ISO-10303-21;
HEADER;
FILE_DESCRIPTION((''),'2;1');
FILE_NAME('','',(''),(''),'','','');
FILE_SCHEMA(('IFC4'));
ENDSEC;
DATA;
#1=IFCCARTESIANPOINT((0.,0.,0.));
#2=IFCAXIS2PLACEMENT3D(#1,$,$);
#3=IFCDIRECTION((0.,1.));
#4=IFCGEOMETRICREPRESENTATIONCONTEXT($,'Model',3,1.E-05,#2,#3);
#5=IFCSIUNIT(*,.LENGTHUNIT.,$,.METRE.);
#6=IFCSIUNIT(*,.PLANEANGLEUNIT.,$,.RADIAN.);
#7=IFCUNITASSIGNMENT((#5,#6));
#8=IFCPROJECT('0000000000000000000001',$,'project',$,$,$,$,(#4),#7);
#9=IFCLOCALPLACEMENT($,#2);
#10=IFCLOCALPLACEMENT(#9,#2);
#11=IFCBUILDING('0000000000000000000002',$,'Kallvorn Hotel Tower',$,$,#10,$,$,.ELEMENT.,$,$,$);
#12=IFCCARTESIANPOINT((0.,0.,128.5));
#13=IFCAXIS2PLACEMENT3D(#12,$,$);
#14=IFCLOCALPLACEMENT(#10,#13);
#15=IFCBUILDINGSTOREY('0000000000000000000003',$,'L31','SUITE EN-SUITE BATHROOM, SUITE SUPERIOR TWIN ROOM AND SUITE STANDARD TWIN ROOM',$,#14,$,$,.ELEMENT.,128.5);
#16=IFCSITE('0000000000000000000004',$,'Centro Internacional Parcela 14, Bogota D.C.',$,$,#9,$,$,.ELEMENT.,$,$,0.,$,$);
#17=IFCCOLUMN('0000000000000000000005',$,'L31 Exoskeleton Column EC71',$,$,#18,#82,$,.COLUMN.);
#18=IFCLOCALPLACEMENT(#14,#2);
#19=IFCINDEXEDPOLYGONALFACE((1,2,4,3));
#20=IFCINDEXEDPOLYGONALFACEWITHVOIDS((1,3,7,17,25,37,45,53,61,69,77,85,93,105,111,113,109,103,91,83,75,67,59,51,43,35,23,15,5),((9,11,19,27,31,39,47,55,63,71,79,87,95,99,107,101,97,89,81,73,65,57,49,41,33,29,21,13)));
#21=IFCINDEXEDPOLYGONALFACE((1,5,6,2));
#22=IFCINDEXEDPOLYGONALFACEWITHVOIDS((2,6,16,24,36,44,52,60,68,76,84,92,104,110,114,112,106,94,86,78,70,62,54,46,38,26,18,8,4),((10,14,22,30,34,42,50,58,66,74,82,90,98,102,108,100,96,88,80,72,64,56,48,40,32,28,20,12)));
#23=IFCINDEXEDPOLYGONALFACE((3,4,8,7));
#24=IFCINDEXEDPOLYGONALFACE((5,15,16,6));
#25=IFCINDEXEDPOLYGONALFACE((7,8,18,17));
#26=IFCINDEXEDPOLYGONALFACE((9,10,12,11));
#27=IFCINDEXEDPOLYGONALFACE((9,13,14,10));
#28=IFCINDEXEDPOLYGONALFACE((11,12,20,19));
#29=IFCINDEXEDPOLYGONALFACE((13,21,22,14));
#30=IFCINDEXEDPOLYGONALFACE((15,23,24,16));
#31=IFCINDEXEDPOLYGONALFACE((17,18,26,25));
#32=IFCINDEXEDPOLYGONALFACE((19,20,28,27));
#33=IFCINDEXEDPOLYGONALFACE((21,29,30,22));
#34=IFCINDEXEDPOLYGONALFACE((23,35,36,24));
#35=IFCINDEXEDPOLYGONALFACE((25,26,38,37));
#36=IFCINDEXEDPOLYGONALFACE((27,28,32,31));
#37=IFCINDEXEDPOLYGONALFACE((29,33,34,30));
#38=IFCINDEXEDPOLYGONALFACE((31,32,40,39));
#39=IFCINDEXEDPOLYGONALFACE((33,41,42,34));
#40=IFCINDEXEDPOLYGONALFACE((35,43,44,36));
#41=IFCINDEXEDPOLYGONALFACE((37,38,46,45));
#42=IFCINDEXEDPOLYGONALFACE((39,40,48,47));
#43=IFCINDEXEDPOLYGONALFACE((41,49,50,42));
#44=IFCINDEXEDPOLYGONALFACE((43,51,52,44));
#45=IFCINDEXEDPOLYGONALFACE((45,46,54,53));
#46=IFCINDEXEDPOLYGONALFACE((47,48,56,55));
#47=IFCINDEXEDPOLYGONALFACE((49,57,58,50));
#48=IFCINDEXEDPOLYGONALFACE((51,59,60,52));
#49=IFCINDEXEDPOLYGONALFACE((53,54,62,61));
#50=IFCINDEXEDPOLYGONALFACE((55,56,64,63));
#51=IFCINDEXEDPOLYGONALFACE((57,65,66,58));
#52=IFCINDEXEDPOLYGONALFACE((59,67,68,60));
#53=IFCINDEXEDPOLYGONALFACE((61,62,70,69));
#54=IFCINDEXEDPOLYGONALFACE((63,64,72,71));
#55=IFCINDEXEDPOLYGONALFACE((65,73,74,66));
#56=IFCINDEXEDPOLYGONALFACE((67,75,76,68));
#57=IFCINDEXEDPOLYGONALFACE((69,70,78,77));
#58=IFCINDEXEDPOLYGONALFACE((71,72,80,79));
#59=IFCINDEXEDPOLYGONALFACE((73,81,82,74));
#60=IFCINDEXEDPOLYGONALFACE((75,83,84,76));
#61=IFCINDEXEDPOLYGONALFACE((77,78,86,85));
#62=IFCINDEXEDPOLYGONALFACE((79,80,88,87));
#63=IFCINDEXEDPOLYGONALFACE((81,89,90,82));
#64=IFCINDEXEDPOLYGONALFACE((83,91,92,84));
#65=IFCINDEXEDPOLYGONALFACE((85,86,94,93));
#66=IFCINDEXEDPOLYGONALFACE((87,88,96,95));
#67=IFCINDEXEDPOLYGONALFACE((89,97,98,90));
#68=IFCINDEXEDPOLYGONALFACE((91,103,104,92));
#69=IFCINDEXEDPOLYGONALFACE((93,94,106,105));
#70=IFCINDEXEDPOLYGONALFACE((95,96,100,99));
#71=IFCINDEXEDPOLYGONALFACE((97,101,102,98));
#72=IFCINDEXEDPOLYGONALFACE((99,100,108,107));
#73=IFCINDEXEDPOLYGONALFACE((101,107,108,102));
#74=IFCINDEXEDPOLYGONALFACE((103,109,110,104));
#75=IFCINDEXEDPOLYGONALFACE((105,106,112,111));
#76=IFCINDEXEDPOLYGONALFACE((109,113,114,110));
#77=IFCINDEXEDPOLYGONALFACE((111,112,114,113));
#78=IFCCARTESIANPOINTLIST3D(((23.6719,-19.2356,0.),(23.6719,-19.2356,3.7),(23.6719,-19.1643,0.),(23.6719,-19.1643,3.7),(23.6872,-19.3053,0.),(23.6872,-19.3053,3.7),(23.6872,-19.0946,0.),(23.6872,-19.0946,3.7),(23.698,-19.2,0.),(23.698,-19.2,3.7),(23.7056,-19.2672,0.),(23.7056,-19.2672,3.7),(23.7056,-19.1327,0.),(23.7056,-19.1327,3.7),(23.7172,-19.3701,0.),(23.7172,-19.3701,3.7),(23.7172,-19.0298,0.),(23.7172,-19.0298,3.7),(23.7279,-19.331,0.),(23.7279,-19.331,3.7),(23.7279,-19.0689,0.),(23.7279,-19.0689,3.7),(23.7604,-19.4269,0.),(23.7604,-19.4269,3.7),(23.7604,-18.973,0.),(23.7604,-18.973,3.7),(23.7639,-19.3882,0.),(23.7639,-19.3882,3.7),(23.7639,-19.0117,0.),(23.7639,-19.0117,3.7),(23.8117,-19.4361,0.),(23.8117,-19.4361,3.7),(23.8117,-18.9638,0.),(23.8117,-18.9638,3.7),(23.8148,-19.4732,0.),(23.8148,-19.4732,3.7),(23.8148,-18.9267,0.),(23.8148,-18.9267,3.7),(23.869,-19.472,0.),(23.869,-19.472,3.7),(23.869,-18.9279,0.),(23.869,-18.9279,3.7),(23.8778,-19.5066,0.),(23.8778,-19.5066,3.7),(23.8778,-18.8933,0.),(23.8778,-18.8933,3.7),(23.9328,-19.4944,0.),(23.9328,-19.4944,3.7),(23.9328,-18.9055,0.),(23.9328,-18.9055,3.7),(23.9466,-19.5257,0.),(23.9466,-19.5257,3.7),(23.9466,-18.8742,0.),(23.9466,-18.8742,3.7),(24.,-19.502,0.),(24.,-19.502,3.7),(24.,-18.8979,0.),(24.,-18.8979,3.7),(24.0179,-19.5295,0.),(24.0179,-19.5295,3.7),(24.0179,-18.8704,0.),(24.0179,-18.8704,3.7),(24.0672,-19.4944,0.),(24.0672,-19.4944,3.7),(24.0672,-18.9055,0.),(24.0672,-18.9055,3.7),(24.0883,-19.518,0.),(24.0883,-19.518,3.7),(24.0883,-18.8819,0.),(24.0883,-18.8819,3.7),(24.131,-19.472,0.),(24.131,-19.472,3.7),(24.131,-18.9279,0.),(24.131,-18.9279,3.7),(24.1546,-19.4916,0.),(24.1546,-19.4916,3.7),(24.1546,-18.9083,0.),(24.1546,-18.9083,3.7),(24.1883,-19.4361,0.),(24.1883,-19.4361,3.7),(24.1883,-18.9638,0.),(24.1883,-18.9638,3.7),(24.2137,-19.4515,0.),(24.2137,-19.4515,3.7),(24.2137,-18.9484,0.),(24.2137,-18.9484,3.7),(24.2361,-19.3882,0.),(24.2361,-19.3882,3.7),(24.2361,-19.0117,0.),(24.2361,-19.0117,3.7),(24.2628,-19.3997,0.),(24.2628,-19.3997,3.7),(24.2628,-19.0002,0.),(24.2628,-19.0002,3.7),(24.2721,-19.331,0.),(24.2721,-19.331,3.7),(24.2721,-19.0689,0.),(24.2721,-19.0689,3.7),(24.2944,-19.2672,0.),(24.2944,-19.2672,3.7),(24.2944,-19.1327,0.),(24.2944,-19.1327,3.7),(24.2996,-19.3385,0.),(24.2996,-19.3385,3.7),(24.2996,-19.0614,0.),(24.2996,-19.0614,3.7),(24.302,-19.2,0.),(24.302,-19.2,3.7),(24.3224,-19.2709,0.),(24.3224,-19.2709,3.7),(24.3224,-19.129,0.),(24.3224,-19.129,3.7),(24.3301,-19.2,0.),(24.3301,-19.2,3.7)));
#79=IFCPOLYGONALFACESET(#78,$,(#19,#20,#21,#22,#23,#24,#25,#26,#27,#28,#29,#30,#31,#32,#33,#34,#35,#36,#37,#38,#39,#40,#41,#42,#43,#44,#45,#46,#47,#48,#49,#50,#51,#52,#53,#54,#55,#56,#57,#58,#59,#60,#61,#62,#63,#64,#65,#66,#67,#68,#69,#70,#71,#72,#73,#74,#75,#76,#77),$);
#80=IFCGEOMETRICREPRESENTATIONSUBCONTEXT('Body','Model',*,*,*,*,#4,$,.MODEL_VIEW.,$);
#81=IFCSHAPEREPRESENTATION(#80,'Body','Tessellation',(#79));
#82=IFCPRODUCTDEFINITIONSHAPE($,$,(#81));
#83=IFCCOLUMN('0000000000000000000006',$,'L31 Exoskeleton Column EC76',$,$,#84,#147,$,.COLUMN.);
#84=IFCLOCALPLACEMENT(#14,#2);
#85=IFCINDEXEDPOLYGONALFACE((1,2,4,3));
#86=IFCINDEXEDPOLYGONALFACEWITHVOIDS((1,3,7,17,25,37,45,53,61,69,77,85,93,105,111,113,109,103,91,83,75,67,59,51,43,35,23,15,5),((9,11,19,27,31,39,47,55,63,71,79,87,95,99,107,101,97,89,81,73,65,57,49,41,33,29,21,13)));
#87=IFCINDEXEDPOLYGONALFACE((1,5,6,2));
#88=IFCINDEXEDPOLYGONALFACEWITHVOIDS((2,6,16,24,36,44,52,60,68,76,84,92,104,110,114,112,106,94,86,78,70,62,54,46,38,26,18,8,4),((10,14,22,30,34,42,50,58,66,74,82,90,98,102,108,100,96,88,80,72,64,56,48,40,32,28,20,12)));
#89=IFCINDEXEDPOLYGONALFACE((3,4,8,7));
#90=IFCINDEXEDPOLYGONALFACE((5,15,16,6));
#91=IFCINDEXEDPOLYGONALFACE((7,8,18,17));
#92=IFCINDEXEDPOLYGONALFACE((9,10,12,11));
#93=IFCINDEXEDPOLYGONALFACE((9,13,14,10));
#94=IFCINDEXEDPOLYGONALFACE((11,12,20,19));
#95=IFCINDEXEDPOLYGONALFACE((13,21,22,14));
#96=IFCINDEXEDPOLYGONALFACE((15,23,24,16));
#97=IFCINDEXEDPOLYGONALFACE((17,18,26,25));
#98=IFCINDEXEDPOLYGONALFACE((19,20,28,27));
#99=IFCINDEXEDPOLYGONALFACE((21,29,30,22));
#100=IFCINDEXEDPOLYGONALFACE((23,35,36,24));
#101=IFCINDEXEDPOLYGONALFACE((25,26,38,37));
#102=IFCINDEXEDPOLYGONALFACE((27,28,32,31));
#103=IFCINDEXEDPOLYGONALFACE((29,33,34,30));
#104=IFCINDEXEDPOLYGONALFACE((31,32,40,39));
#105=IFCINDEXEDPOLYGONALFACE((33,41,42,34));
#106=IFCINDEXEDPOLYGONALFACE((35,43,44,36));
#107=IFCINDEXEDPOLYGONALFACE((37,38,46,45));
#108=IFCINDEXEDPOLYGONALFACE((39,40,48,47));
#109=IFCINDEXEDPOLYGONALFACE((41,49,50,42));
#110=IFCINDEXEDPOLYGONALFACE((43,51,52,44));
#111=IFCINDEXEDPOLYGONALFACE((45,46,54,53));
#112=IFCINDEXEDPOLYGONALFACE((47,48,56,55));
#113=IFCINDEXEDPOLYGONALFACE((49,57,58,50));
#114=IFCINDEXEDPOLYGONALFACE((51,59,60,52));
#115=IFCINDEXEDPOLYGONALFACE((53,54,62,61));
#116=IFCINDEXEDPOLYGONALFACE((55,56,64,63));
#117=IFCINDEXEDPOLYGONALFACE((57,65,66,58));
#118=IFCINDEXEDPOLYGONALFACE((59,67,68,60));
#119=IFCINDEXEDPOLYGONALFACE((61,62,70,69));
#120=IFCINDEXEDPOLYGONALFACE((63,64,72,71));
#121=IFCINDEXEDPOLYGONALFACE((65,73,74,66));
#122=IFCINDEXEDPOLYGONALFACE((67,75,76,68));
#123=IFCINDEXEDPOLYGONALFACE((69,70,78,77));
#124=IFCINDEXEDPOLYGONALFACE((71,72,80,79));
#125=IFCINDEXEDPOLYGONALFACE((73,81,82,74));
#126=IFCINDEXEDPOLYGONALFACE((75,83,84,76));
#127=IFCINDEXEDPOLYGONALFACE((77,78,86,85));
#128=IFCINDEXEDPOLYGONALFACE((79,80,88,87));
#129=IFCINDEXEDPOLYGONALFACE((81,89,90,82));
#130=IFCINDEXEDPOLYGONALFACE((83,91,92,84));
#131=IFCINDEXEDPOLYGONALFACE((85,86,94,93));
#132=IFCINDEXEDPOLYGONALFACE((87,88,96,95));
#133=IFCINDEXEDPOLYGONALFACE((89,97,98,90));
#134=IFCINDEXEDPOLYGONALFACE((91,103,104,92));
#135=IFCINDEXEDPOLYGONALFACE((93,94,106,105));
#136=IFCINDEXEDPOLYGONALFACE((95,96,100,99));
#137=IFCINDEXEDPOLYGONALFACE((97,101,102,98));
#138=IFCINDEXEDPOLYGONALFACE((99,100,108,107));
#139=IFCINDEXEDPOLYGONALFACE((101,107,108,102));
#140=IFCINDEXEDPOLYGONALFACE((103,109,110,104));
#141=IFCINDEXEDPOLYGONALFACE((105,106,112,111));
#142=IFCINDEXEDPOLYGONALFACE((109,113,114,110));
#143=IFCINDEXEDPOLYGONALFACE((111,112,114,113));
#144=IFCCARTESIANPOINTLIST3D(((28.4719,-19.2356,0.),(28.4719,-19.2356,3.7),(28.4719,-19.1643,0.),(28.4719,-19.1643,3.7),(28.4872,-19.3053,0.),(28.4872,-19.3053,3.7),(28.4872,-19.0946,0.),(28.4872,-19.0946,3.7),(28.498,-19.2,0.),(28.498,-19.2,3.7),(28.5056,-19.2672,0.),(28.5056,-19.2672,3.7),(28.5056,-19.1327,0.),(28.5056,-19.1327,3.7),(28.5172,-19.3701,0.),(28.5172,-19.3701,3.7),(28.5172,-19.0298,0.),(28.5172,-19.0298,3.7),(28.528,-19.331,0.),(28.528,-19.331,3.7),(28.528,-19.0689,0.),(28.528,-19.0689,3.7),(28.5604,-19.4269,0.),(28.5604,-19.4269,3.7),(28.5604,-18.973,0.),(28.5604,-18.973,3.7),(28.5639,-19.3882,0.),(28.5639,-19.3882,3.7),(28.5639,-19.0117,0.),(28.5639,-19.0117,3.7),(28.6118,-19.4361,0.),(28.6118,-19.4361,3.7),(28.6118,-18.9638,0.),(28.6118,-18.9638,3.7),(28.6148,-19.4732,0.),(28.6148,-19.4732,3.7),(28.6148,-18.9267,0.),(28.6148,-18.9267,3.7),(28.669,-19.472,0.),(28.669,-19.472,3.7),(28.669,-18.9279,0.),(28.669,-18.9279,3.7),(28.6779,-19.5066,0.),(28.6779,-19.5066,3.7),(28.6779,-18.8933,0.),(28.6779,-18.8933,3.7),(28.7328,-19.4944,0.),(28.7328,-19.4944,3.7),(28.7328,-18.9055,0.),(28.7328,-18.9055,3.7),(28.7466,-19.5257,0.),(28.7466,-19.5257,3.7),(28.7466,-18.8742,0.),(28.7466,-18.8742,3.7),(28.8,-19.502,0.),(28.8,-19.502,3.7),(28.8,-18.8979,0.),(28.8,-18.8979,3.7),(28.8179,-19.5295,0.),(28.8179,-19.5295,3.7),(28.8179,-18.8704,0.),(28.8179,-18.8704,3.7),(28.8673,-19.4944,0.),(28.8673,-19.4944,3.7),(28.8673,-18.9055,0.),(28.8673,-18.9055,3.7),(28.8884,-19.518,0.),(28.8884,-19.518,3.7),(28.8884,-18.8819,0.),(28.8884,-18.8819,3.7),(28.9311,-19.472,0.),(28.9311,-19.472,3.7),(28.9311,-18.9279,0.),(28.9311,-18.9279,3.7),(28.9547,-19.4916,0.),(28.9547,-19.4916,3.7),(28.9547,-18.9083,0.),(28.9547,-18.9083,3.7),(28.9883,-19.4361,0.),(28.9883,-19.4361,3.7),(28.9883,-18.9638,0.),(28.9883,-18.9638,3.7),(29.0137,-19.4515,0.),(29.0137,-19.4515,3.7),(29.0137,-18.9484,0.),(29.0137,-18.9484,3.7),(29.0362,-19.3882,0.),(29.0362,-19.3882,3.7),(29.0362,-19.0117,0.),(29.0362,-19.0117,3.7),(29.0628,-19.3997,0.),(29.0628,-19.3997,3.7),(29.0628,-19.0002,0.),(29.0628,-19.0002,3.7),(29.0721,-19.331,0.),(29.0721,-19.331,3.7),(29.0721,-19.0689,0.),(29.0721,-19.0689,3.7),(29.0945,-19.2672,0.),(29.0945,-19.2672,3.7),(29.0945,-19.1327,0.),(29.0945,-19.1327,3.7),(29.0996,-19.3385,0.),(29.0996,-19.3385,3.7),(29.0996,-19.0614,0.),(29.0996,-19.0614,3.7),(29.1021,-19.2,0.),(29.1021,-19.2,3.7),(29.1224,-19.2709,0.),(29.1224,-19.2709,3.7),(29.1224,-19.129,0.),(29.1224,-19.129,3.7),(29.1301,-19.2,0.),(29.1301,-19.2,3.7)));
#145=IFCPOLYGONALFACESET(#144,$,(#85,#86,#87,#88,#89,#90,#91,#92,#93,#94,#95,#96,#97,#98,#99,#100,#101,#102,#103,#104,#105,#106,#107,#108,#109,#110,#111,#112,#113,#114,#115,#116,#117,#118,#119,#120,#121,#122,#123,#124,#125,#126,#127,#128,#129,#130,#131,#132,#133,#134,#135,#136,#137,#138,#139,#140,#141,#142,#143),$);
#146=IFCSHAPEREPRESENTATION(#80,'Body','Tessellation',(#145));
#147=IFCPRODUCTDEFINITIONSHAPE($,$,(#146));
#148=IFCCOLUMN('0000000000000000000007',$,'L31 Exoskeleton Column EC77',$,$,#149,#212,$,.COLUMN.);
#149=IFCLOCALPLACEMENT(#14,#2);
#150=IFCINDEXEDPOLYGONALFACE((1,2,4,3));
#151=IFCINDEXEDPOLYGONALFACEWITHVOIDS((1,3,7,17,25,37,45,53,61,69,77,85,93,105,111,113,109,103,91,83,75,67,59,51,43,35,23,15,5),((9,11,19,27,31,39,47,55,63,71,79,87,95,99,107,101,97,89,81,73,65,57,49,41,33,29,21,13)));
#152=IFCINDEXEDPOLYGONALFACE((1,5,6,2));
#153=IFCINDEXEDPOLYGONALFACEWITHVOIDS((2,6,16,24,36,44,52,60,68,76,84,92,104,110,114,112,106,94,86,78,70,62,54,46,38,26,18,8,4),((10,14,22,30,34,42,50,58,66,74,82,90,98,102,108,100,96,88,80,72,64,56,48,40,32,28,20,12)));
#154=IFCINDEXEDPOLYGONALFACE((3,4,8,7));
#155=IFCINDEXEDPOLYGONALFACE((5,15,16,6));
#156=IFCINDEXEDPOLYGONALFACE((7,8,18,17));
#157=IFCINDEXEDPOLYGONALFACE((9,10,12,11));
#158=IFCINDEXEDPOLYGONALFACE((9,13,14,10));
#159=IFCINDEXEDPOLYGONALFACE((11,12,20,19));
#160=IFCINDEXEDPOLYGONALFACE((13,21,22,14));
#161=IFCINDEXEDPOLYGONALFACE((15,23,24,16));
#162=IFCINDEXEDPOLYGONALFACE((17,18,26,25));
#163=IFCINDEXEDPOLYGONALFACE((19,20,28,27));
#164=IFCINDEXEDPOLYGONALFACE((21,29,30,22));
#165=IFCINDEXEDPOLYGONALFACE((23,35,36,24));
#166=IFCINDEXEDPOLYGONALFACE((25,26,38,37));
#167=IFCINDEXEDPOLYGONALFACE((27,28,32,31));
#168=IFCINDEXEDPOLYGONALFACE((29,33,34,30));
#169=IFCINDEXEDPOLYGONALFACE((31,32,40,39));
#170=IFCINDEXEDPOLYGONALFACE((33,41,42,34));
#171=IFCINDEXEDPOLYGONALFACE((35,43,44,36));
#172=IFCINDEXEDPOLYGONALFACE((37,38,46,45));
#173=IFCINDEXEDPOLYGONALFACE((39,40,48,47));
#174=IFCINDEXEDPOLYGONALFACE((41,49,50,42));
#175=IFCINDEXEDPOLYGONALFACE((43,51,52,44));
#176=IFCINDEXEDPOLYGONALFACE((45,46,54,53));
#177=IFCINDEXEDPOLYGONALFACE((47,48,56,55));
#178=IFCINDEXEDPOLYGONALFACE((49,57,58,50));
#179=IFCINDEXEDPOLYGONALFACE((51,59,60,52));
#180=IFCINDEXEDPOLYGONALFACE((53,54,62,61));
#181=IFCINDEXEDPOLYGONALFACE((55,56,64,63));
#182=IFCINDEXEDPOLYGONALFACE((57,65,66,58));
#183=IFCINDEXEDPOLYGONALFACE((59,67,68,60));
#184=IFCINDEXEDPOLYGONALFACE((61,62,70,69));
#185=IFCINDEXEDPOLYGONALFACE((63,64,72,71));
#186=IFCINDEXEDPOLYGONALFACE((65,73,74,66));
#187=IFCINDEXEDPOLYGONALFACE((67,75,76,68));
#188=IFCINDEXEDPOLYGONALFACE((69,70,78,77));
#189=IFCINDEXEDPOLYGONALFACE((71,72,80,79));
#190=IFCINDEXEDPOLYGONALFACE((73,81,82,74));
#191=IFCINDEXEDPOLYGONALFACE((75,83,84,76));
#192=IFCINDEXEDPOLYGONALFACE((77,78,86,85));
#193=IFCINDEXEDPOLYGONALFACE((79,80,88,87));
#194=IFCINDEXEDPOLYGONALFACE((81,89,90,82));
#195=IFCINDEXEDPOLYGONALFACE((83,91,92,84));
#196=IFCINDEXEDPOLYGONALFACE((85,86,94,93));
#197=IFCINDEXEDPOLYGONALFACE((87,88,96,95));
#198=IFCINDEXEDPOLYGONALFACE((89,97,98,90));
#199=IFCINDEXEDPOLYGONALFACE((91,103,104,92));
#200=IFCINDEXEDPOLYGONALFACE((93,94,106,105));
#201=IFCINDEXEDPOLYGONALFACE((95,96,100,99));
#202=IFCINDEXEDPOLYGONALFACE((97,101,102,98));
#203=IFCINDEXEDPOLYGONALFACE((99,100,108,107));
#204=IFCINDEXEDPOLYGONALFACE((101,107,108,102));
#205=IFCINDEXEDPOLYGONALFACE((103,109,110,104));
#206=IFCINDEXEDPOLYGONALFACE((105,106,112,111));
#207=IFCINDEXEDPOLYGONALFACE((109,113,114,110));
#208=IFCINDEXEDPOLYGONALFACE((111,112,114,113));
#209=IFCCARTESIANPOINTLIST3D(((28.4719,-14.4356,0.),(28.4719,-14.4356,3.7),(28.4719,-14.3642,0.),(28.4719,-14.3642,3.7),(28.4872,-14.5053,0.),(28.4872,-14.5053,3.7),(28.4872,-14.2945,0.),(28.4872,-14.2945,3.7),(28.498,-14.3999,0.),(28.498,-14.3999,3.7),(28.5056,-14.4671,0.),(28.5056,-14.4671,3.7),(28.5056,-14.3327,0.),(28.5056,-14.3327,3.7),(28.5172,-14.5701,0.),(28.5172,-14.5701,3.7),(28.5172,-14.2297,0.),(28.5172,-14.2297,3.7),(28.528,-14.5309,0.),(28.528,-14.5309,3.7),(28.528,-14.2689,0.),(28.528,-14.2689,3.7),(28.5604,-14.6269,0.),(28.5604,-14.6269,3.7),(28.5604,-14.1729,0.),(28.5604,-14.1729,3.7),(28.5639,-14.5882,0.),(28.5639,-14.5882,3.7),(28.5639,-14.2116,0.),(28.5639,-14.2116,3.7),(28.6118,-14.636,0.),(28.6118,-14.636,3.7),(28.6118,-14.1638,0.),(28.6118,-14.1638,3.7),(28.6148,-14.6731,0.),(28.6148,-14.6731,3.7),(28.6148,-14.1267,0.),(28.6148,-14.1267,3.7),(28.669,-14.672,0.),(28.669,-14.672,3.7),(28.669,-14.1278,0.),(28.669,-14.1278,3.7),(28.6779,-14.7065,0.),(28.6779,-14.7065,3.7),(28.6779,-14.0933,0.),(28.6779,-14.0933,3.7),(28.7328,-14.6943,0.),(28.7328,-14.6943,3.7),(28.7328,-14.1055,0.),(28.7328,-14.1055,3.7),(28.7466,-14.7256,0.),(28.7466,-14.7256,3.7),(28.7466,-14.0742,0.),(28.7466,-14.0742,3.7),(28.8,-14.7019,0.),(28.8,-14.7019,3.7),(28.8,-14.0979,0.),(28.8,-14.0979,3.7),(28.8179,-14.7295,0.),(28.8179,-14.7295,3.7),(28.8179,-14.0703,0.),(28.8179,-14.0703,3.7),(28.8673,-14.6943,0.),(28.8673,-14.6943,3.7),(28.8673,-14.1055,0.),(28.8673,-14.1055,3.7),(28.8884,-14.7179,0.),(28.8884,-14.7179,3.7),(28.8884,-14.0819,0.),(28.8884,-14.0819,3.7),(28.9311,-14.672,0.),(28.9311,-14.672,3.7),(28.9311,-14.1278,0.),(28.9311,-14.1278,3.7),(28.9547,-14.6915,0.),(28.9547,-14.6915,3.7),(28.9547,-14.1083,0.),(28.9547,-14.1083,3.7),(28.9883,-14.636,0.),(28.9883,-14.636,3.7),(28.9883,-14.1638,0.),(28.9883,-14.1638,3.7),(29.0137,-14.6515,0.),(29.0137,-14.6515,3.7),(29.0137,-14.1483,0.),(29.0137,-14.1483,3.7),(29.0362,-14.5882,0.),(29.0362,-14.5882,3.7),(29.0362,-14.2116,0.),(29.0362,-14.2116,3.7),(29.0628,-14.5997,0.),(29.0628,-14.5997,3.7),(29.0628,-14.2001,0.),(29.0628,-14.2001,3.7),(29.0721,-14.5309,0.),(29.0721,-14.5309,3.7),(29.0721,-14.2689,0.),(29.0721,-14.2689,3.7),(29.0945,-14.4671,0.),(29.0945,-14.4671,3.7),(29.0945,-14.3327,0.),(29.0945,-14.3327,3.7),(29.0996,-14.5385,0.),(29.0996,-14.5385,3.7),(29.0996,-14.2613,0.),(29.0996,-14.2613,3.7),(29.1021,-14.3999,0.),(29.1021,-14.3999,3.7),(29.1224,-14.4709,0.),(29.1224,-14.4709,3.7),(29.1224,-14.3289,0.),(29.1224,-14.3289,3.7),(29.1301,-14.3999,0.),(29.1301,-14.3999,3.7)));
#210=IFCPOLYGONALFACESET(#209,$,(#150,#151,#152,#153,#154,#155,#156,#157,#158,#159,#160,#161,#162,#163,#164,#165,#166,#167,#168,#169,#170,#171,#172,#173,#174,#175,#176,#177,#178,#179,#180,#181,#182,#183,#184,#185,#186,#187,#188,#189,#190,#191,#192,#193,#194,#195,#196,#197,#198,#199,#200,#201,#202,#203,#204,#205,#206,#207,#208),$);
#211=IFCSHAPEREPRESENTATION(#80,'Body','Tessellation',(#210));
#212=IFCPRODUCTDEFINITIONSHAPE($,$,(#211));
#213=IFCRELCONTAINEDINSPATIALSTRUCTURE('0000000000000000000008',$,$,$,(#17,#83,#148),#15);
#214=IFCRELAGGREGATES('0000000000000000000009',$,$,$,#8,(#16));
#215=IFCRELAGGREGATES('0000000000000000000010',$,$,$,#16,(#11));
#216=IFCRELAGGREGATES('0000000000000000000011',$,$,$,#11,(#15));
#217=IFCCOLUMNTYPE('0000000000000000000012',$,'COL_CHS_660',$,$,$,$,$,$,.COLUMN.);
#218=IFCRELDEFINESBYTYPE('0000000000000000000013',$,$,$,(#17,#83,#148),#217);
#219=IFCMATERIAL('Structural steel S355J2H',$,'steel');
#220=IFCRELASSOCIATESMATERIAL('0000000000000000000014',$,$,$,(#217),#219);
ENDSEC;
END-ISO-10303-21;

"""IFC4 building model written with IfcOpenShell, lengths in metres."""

from ifc_helpers import new_model, si_unit, direction, frame, origin, origin_2d, place, context, subcontext, project, spatial, hollow_circle, extrude, material, material_profile, profile_set, type_object, element, save


model = new_model("IFC4")

# Units and contexts
model_context = context("Model", 3, precision=1e-05, world=origin(), true_north=direction((0.0, 1.0)))
body_context = subcontext(model_context, "Body", "Model", "MODEL_VIEW")
ifc_project = project(units=[si_unit("LENGTHUNIT", "METRE"), si_unit("PLANEANGLEUNIT", "RADIAN")], contexts=[model_context])

# Site, building, storey
site_placement = place(None, origin())
site = spatial("IfcSite", under=ifc_project, at=site_placement, Name="Centro Internacional Parcela 14, Bogota D.C.", CompositionType="ELEMENT", RefElevation=0.0)
building_placement = place(site_placement, origin())
building = spatial("IfcBuilding", under=site, at=building_placement, Name="Kallvorn Hotel Tower", CompositionType="ELEMENT")
storey_placement = place(building_placement, frame((0.0, 0.0, 128.5)))
storey = spatial("IfcBuildingStorey", under=building, at=storey_placement, Name="L31", Description="SUITE EN-SUITE BATHROOM, SUITE SUPERIOR TWIN ROOM AND SUITE STANDARD TWIN ROOM", CompositionType="ELEMENT", Elevation=128.5)

# Columns
ifc_material_1 = material(Name="Structural steel S355J2H", Category="steel")
ifc_material_profile_1 = material_profile(ifc_material_1, hollow_circle(Radius=0.3301, WallThickness=0.0281, at=origin_2d()), Name="CHS 660x28")
ifc_profile_set_1 = profile_set([ifc_material_profile_1], Name="Structural steel S355J2H")
column_type_1 = type_object("IfcColumnType", Name="COL_CHS_660", PredefinedType="COLUMN", material=ifc_profile_set_1)
for number, where, z_axis, x_axis, name in (
    (1, (24.0, -19.2, 0.0), (0.0, 0.0, 1.0), (1.0, 0.0, 0.0), "L31 Exoskeleton Column EC71"),
    (2, (28.8, -19.2, 0.0), (0.0, 0.0, 1.0), (1.0, 0.0, 0.0), "L31 Exoskeleton Column EC76"),
    (3, (28.8, -14.3999, 0.0), (0.0, 0.0, 1.0), (1.0, 0.0, 0.0), "L31 Exoskeleton Column EC77"),
):
    element("IfcColumn", number, at=place(storey_placement, frame(where, z_axis=z_axis, x_axis=x_axis)), inside=storey, type_object=column_type_1, Name=name, PredefinedType="COLUMN", context=body_context, shape_type="SweptSolid", body=[
        extrude(hollow_circle(Radius=0.3301, WallThickness=0.0281, at=origin_2d()), origin(), (0.0, 0.0, 1.0), 3.7),
    ])

save(model, "model.ifc")
